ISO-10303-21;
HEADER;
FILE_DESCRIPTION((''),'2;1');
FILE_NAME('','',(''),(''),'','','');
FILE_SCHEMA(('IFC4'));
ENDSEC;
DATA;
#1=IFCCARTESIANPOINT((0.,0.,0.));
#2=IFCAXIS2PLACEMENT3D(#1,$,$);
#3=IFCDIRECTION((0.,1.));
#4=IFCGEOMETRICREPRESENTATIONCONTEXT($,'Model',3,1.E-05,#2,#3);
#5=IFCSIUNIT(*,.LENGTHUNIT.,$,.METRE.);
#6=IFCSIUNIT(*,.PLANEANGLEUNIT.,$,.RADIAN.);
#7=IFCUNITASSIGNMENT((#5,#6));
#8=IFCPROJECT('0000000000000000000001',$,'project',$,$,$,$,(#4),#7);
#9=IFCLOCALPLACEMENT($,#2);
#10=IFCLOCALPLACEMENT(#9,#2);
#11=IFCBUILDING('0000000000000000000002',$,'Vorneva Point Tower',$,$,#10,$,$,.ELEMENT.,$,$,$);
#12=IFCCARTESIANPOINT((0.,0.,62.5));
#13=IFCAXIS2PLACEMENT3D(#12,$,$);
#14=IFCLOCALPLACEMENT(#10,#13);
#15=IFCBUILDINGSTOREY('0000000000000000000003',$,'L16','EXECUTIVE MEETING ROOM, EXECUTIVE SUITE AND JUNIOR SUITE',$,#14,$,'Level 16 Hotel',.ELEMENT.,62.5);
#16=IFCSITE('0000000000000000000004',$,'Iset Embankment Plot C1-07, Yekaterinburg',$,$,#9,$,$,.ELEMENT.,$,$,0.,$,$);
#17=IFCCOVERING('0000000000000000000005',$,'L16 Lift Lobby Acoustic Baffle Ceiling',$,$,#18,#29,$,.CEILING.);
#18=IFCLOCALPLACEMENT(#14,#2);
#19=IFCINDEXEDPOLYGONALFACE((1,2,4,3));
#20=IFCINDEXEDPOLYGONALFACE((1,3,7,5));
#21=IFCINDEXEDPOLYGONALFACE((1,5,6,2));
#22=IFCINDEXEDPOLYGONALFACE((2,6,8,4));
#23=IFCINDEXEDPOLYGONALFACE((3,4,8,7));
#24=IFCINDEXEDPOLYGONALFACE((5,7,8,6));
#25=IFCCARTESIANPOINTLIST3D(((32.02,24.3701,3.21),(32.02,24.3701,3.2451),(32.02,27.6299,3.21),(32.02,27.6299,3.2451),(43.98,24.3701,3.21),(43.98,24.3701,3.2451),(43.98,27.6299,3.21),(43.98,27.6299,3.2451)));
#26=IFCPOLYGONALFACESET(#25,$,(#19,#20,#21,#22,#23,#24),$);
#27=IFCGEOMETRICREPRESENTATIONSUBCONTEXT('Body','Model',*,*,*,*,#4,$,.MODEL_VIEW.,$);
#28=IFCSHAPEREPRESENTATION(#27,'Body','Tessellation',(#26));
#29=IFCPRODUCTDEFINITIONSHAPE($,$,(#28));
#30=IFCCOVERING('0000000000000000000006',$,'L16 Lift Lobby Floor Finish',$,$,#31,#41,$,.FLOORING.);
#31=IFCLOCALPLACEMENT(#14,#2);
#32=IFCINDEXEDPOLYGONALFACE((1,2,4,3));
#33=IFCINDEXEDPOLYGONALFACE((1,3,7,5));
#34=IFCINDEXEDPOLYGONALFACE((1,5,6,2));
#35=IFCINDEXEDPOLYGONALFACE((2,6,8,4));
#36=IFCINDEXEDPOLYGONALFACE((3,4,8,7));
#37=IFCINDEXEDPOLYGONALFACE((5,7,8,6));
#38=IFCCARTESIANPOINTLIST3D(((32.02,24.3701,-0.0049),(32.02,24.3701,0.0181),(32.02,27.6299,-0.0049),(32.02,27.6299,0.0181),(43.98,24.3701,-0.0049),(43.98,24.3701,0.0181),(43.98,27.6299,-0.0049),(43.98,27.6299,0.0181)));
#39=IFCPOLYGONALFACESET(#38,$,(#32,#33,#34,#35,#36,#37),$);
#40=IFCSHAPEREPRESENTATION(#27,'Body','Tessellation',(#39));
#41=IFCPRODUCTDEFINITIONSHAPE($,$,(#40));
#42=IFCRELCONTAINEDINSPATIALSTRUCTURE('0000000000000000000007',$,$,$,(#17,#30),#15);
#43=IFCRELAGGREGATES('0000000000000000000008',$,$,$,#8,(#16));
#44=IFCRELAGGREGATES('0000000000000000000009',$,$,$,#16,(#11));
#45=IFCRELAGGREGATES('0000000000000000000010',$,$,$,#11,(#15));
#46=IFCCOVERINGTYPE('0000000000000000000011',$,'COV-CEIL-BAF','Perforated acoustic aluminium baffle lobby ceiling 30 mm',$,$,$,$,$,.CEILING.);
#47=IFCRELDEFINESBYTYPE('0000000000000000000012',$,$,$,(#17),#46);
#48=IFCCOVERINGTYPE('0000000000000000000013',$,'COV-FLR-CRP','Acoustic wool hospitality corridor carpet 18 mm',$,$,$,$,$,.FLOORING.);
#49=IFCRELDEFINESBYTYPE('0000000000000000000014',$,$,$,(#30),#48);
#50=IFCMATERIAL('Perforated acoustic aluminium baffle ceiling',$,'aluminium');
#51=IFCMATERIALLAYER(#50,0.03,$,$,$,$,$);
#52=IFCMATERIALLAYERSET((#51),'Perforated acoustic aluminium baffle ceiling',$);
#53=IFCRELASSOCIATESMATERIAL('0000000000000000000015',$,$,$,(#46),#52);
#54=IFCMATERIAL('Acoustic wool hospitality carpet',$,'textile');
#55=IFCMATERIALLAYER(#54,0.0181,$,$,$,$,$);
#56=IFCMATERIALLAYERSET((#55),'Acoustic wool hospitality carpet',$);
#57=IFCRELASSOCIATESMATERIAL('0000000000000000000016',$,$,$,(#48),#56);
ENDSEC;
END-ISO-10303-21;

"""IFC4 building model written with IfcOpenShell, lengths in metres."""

from ifc_helpers import new_model, si_unit, direction, frame, origin, place, context, subcontext, project, spatial, polyline, outline, extrude, material, layer, layer_set, type_object, element, save


model = new_model("IFC4")

# Units and contexts
model_context = context("Model", 3, precision=1e-05, world=origin(), true_north=direction((0.0, 1.0)))
body_context = subcontext(model_context, "Body", "Model", "MODEL_VIEW")
ifc_project = project(units=[si_unit("LENGTHUNIT", "METRE"), si_unit("PLANEANGLEUNIT", "RADIAN")], contexts=[model_context])

# Site, building, storey
site_placement = place(None, origin())
site = spatial("IfcSite", under=ifc_project, at=site_placement, Name="Iset Embankment Plot C1-07, Yekaterinburg", CompositionType="ELEMENT", RefElevation=0.0)
building_placement = place(site_placement, origin())
building = spatial("IfcBuilding", under=site, at=building_placement, Name="Vorneva Point Tower", CompositionType="ELEMENT")
storey_placement = place(building_placement, frame((0.0, 0.0, 62.5)))
storey = spatial("IfcBuildingStorey", under=building, at=storey_placement, Name="L16", Description="EXECUTIVE MEETING ROOM, EXECUTIVE SUITE AND JUNIOR SUITE", LongName="Level 16 Hotel", CompositionType="ELEMENT", Elevation=62.5)

# Coverings
ifc_material_1 = material(Name="Perforated acoustic aluminium baffle ceiling", Category="aluminium")
ifc_layer_1 = layer(ifc_material_1, 0.03)
ifc_layer_set_1 = layer_set([ifc_layer_1], Name="Perforated acoustic aluminium baffle ceiling")
covering_type_1 = type_object("IfcCoveringType", Name="COV-CEIL-BAF", Description="Perforated acoustic aluminium baffle lobby ceiling 30 mm", PredefinedType="CEILING", material=ifc_layer_set_1)
covering_1_placement = place(storey_placement, frame((0.0, 0.0, 3.21)))
element("IfcCovering", 1, at=covering_1_placement, inside=storey, type_object=covering_type_1, Name="L16 Lift Lobby Acoustic Baffle Ceiling", PredefinedType="CEILING", context=body_context, shape_type="SweptSolid", body=[
    extrude(outline(polyline([(32.02, 24.3701), (43.98, 24.3701), (43.98, 27.6299), (32.02, 27.6299), (32.02, 24.3701)])), origin(), (0.0, 0.0, 1.0), 0.0352),
])
ifc_material_2 = material(Name="Acoustic wool hospitality carpet", Category="textile")
ifc_layer_2 = layer(ifc_material_2, 0.0181)
ifc_layer_set_2 = layer_set([ifc_layer_2], Name="Acoustic wool hospitality carpet")
covering_type_2 = type_object("IfcCoveringType", Name="COV-FLR-CRP", Description="Acoustic wool hospitality corridor carpet 18 mm", PredefinedType="FLOORING", material=ifc_layer_set_2)
covering_2_placement = place(storey_placement, frame((0.0, 0.0, -0.0049)))
element("IfcCovering", 2, at=covering_2_placement, inside=storey, type_object=covering_type_2, Name="L16 Lift Lobby Floor Finish", PredefinedType="FLOORING", context=body_context, shape_type="SweptSolid", body=[
    extrude(outline(polyline([(32.02, 24.3701), (43.98, 24.3701), (43.98, 27.6299), (32.02, 27.6299), (32.02, 24.3701)])), origin(), (0.0, 0.0, 1.0), 0.0229),
])

save(model, "model.ifc")
